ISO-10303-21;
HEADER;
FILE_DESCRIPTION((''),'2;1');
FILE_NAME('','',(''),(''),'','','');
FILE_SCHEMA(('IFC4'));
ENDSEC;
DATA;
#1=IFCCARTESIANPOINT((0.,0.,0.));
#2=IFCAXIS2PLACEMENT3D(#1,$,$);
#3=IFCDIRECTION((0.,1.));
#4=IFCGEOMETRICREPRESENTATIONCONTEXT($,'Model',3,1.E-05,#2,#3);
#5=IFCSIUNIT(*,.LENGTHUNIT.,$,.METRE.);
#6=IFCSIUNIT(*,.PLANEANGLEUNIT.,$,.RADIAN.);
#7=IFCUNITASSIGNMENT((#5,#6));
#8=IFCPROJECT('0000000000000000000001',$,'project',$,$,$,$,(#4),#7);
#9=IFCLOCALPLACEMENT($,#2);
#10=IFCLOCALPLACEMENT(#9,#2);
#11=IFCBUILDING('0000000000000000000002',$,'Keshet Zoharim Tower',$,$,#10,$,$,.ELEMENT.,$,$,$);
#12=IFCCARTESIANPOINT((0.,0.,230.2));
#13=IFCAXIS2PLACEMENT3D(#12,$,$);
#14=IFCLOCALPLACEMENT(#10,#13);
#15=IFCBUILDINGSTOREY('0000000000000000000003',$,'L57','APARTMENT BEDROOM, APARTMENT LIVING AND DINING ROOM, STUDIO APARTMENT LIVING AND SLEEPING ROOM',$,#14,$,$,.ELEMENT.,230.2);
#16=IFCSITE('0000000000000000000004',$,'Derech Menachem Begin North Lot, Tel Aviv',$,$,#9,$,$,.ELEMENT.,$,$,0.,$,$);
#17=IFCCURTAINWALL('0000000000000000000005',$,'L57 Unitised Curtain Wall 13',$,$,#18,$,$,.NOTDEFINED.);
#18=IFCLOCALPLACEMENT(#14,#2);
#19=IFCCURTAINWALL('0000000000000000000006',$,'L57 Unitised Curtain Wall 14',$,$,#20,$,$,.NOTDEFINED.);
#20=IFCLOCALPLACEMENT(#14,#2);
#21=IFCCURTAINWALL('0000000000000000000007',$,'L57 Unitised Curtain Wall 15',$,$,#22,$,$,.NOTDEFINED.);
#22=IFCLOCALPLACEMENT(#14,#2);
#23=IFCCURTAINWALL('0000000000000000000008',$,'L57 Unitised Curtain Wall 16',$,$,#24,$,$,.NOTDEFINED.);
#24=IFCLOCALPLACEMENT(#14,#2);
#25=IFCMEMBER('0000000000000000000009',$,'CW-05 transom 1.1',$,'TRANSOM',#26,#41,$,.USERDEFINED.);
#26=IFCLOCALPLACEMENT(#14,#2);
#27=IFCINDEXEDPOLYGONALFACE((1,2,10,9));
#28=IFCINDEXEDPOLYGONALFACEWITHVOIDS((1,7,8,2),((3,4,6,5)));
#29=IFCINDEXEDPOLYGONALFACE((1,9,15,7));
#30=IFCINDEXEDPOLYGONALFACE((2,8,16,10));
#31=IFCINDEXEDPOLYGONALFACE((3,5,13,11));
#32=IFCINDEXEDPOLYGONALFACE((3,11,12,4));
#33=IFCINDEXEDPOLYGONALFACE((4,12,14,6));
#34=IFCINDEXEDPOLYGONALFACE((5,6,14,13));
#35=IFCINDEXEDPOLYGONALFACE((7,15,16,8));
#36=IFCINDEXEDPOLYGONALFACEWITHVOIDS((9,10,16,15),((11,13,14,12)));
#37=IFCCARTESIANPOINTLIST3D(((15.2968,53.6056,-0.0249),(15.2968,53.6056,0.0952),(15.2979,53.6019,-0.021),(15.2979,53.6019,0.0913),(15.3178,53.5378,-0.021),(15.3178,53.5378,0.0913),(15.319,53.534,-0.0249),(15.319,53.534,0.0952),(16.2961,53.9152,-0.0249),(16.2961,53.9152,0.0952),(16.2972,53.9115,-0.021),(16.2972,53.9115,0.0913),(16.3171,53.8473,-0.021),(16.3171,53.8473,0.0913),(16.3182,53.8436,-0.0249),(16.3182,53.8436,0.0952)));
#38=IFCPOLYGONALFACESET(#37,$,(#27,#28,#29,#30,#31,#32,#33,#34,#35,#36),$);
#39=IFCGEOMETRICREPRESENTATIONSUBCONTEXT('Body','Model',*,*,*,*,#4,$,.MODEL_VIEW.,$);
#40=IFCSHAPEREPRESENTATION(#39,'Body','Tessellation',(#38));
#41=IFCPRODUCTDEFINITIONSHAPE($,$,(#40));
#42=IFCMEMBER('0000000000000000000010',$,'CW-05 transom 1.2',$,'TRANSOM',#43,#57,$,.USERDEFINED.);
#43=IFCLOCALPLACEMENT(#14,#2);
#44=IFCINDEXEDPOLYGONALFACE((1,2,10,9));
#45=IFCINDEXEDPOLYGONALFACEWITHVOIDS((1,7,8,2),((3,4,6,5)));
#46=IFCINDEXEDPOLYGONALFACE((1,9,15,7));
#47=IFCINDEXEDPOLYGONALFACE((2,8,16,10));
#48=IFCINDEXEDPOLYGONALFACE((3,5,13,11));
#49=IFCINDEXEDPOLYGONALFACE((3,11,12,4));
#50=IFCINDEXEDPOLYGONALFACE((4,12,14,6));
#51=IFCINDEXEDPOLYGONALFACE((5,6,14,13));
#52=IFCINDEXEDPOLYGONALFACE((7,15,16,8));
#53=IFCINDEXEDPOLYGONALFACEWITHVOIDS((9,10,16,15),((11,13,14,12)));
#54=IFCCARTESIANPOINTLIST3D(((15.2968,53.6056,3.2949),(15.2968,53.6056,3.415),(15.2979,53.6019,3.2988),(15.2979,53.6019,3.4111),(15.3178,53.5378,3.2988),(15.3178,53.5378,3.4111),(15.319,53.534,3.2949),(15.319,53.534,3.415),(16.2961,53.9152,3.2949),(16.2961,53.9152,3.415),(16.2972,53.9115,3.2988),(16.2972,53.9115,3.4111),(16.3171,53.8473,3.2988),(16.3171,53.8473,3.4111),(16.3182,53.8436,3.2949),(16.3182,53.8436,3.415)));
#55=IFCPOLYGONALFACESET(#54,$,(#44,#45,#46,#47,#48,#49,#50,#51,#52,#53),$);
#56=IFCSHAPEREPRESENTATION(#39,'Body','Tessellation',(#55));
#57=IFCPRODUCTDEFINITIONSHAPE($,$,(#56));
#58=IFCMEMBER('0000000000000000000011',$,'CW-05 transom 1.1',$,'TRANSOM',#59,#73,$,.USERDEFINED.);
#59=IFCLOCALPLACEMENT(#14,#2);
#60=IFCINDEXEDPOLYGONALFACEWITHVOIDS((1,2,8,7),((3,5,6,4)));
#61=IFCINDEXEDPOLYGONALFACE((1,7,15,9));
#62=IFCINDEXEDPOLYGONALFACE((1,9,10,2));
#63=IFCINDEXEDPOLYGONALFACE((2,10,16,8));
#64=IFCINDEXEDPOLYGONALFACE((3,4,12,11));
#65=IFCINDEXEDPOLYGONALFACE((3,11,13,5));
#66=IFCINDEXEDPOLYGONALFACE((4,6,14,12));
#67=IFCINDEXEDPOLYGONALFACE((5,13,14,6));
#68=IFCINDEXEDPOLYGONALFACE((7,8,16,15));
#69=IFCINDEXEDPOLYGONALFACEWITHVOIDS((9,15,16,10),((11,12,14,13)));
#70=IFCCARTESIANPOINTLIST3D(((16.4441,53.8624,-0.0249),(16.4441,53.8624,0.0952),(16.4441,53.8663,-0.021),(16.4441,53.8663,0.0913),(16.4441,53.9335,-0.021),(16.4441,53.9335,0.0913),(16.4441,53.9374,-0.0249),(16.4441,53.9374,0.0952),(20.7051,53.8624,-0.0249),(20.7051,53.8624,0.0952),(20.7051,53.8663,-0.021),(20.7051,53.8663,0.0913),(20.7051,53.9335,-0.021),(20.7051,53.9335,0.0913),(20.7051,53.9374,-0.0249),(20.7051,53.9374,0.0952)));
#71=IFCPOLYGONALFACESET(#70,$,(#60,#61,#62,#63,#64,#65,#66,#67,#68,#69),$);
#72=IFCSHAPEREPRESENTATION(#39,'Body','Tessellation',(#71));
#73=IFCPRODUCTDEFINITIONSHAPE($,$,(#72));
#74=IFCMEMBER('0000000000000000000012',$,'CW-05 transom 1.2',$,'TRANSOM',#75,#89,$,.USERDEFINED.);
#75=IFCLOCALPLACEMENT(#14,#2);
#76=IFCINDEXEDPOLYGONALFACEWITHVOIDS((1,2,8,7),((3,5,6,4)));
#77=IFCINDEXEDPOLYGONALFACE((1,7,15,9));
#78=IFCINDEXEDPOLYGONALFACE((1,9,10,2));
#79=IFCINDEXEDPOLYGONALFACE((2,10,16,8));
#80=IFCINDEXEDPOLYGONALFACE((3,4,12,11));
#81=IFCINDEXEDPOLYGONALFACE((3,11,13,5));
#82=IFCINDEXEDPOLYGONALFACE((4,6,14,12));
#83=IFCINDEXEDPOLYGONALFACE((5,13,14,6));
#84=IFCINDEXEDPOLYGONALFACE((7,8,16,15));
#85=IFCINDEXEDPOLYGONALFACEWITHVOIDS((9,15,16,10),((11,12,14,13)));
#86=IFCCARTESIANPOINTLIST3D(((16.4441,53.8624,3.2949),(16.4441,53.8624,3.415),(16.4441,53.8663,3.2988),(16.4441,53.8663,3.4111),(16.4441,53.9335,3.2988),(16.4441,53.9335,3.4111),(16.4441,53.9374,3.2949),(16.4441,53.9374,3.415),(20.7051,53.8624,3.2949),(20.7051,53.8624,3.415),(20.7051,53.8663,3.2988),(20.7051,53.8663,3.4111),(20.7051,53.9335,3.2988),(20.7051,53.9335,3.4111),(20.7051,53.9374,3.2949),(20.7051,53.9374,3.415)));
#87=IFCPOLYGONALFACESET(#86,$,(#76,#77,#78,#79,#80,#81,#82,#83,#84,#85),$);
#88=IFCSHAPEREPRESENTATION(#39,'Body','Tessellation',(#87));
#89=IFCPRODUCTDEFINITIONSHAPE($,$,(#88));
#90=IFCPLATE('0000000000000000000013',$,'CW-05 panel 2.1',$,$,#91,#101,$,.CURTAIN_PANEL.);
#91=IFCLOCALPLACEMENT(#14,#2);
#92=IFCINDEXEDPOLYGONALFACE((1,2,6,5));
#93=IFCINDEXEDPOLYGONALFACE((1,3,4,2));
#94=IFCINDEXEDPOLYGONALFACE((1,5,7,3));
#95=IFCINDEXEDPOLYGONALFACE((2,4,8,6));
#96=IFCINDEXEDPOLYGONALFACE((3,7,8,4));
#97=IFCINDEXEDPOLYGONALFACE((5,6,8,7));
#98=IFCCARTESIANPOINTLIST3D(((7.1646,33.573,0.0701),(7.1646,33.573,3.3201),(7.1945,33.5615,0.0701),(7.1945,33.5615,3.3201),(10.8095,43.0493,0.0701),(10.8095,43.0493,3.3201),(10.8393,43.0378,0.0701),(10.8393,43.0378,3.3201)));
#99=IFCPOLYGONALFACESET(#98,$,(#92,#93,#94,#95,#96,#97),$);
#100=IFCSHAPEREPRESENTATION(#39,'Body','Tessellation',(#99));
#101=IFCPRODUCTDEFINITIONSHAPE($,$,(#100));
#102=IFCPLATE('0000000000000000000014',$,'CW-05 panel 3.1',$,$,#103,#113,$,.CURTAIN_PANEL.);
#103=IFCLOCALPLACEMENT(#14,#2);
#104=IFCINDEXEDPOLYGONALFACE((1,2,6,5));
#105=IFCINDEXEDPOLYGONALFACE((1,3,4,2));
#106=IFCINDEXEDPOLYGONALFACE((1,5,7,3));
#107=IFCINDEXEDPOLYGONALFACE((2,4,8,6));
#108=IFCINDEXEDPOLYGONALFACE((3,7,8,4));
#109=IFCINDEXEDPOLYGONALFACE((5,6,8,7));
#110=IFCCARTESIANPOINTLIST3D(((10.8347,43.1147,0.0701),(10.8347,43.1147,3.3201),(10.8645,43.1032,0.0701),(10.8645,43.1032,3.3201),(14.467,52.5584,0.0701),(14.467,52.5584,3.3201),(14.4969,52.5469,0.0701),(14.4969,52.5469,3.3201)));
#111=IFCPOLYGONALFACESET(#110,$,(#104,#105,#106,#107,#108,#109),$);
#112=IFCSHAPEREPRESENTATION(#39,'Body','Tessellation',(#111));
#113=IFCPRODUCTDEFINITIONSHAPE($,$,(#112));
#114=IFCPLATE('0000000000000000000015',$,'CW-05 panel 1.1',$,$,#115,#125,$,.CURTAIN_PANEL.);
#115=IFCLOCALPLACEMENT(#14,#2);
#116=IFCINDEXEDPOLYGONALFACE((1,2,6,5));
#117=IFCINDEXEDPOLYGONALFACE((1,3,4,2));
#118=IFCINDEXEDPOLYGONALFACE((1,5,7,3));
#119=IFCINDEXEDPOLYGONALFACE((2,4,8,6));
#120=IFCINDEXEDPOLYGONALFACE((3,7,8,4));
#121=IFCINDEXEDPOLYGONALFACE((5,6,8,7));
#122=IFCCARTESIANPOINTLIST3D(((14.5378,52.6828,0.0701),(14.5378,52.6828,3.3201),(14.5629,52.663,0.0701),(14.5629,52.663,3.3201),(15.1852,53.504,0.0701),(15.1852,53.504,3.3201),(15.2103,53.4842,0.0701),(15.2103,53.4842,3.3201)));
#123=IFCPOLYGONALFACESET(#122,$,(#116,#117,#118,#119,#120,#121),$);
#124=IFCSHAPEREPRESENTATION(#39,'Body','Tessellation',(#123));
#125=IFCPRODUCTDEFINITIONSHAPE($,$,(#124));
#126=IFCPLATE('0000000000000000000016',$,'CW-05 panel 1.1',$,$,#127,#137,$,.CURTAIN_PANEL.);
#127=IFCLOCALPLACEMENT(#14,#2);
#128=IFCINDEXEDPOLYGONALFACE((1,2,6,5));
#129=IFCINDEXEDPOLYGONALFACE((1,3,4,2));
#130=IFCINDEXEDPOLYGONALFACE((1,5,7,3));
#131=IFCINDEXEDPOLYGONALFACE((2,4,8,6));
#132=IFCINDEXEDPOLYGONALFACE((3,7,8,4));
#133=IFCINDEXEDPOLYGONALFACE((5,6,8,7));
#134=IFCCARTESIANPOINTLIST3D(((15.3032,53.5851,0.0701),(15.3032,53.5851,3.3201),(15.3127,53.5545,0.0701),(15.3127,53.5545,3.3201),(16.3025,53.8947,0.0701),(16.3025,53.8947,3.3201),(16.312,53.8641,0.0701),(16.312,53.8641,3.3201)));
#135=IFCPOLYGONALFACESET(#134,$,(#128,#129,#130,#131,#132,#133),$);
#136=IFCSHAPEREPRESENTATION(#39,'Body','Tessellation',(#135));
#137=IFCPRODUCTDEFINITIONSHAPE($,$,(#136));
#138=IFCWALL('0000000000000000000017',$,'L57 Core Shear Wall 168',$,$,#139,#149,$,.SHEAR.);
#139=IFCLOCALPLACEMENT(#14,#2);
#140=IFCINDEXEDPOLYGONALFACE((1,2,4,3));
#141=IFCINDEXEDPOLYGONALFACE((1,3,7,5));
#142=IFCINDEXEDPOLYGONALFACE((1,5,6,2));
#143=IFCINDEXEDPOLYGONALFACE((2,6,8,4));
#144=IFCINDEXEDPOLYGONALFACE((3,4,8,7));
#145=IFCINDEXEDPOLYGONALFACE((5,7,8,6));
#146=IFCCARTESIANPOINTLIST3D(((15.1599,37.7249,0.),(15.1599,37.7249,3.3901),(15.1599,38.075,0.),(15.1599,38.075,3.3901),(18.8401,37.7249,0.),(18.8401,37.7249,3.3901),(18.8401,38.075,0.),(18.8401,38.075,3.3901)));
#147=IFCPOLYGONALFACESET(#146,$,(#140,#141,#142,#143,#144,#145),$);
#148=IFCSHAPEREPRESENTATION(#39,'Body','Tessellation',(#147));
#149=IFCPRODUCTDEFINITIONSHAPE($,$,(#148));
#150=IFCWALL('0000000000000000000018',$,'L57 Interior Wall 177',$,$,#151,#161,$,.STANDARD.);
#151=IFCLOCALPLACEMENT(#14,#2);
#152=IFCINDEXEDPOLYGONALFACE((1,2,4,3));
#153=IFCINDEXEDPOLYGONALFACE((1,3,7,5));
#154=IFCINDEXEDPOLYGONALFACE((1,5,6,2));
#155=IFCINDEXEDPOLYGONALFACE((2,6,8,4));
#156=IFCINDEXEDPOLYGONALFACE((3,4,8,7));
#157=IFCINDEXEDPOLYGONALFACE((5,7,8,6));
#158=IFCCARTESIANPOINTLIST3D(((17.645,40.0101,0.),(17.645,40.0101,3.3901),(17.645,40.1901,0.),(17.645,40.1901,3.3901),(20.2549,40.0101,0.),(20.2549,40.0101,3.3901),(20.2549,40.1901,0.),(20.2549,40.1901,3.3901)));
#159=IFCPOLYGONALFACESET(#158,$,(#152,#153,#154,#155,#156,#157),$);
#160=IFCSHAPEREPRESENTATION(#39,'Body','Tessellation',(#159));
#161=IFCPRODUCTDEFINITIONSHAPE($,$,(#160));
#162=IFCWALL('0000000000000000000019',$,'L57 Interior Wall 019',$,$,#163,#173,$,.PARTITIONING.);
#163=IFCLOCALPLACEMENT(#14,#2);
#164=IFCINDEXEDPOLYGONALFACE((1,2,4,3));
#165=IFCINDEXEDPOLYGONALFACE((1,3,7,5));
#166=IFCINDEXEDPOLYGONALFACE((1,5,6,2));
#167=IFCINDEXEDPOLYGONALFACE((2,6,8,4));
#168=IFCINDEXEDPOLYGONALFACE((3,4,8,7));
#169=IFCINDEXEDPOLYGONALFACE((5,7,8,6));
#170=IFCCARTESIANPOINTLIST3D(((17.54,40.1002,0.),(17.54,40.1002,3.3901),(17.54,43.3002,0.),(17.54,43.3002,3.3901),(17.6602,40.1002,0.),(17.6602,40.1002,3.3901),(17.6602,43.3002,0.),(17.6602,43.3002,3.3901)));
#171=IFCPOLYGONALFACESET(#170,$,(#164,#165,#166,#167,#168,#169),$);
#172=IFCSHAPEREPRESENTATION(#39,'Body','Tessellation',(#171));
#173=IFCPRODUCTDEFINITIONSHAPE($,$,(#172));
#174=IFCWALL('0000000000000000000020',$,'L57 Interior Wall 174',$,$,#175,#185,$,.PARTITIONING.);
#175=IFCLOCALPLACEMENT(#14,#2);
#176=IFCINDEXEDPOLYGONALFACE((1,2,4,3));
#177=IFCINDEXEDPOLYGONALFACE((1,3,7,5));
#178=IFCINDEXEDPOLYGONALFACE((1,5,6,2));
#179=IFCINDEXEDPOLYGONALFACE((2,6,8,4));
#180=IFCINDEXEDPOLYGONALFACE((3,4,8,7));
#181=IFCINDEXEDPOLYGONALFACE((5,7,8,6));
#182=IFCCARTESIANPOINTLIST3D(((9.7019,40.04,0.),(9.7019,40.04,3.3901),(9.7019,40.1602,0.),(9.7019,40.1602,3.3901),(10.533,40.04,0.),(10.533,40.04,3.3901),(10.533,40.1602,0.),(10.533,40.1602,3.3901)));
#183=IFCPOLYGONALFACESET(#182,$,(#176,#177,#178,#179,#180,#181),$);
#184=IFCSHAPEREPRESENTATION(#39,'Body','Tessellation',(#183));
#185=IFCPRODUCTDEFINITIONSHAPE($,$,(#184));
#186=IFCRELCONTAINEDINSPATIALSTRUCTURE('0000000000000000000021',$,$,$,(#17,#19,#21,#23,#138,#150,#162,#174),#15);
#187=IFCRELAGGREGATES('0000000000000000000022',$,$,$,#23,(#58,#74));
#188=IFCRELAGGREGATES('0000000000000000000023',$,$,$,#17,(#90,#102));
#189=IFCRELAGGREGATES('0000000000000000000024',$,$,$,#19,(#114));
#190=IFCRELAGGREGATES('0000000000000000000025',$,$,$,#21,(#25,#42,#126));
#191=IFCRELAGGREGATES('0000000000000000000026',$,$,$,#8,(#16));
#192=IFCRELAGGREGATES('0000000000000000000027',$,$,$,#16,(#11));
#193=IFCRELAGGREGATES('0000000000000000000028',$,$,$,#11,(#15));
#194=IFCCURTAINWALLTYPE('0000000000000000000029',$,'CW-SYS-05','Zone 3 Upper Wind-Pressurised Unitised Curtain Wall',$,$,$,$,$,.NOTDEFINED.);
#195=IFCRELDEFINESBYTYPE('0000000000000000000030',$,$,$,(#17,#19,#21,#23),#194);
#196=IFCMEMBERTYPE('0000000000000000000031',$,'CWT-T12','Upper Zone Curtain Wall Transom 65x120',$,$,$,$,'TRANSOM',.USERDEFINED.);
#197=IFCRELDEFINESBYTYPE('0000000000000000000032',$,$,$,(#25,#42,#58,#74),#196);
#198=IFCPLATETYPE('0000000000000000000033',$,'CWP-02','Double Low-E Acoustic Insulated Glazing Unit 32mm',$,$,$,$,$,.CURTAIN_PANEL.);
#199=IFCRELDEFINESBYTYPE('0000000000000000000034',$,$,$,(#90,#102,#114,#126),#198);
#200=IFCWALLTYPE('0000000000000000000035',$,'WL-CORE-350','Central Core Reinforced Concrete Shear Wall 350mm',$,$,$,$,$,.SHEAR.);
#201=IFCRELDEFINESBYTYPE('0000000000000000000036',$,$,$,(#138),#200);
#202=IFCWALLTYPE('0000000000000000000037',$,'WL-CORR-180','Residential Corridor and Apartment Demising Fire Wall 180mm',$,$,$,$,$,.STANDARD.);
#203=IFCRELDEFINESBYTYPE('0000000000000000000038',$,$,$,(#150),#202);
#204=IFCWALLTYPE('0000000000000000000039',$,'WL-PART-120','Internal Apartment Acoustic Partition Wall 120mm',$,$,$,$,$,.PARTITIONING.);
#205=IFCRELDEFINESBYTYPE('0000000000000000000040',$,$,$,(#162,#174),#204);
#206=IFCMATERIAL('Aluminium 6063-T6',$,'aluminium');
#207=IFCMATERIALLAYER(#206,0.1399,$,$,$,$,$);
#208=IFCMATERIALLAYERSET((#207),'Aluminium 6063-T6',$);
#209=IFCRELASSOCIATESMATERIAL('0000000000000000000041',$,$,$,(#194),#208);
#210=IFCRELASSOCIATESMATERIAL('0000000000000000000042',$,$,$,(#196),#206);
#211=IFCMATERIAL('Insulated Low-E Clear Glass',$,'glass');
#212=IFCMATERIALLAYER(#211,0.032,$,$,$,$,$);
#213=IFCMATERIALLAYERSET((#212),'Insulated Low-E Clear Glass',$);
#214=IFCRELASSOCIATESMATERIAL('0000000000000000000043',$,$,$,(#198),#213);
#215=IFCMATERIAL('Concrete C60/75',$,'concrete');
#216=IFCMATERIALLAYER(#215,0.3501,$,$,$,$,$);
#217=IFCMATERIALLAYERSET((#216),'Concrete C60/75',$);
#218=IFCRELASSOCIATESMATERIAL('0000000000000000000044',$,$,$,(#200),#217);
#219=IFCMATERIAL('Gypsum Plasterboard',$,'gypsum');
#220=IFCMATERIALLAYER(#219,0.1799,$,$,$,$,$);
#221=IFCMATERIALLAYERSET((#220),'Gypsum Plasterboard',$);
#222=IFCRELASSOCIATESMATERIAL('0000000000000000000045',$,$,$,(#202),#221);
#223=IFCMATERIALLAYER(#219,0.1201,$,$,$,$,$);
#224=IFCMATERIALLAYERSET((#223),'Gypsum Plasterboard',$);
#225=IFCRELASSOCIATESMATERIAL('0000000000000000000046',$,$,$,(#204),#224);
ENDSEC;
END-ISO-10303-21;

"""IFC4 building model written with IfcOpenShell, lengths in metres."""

from ifc_helpers import new_model, si_unit, direction, frame, frame_2d, origin, origin_2d, place, context, subcontext, project, spatial, rectangle, hollow_rectangle, extrude, material, layer, layer_set, material_profile, profile_set, type_object, element, aggregate, save


model = new_model("IFC4")

# Units and contexts
model_context = context("Model", 3, precision=1e-05, world=origin(), true_north=direction((0.0, 1.0)))
body_context = subcontext(model_context, "Body", "Model", "MODEL_VIEW")
ifc_project = project(units=[si_unit("LENGTHUNIT", "METRE"), si_unit("PLANEANGLEUNIT", "RADIAN")], contexts=[model_context])

# Site, building, storey
site_placement = place(None, origin())
site = spatial("IfcSite", under=ifc_project, at=site_placement, Name="Derech Menachem Begin North Lot, Tel Aviv", CompositionType="ELEMENT", RefElevation=0.0)
building_placement = place(site_placement, origin())
building = spatial("IfcBuilding", under=site, at=building_placement, Name="Keshet Zoharim Tower", CompositionType="ELEMENT")
storey_placement = place(building_placement, frame((0.0, 0.0, 230.2)))
storey = spatial("IfcBuildingStorey", under=building, at=storey_placement, Name="L57", Description="APARTMENT BEDROOM, APARTMENT LIVING AND DINING ROOM, STUDIO APARTMENT LIVING AND SLEEPING ROOM", CompositionType="ELEMENT", Elevation=230.2)

# Curtain walls
ifc_material_1 = material(Name="Aluminium 6063-T6", Category="aluminium")
ifc_layer_1 = layer(ifc_material_1, 0.1399)
ifc_layer_set_1 = layer_set([ifc_layer_1], Name="Aluminium 6063-T6")
curtain_wall_type = type_object("IfcCurtainWallType", Name="CW-SYS-05", Description="Zone 3 Upper Wind-Pressurised Unitised Curtain Wall", PredefinedType="NOTDEFINED", material=ifc_layer_set_1)
curtain_wall_1_placement = place(storey_placement, origin())
curtain_wall_1 = element("IfcCurtainWall", 1, at=curtain_wall_1_placement, inside=storey, type_object=curtain_wall_type, Name="L57 Unitised Curtain Wall 13", PredefinedType="NOTDEFINED")
curtain_wall_2_placement = place(storey_placement, origin())
curtain_wall_2 = element("IfcCurtainWall", 2, at=curtain_wall_2_placement, inside=storey, type_object=curtain_wall_type, Name="L57 Unitised Curtain Wall 14", PredefinedType="NOTDEFINED")
curtain_wall_3_placement = place(storey_placement, origin())
curtain_wall_3 = element("IfcCurtainWall", 3, at=curtain_wall_3_placement, inside=storey, type_object=curtain_wall_type, Name="L57 Unitised Curtain Wall 15", PredefinedType="NOTDEFINED")

# Curtain wall
curtain_wall_4_placement = place(storey_placement, origin())
curtain_wall_4 = element("IfcCurtainWall", 4, at=curtain_wall_4_placement, inside=storey, type_object=curtain_wall_type, Name="L57 Unitised Curtain Wall 16", PredefinedType="NOTDEFINED")

# Members
ifc_material_profile_1 = material_profile(ifc_material_1, hollow_rectangle(XDim=0.075, YDim=0.1201, WallThickness=0.0039, at=origin_2d()), Name="TRN-75x120")
ifc_profile_set_1 = profile_set([ifc_material_profile_1], Name="Aluminium 6063-T6")
member_type_1 = type_object("IfcMemberType", Name="CWT-T12", Description="Upper Zone Curtain Wall Transom 65x120", ElementType="TRANSOM", PredefinedType="USERDEFINED", material=ifc_profile_set_1)
member_1_placement = place(storey_placement, frame((15.3079, 53.5698, 0.0352), z_axis=(0.955212, 0.295922, 0.0), x_axis=(-0.295922, 0.955212, 0.0)))
member_1 = element("IfcMember", 5, at=member_1_placement, type_object=member_type_1, Name="CW-05 transom 1.1", ObjectType="TRANSOM", PredefinedType="USERDEFINED", context=body_context, shape_type="SweptSolid", body=[
    extrude(hollow_rectangle(XDim=0.075, YDim=0.1201, WallThickness=0.0039, at=origin_2d()), origin(), (0.0, 0.0, 1.0), 1.0461),
])
member_2_placement = place(storey_placement, frame((15.3079, 53.5698, 3.355), z_axis=(0.955212, 0.295922, 0.0), x_axis=(-0.295922, 0.955212, 0.0)))
member_2 = element("IfcMember", 6, at=member_2_placement, type_object=member_type_1, Name="CW-05 transom 1.2", ObjectType="TRANSOM", PredefinedType="USERDEFINED", context=body_context, shape_type="SweptSolid", body=[
    extrude(hollow_rectangle(XDim=0.075, YDim=0.1201, WallThickness=0.0039, at=origin_2d()), origin(), (0.0, 0.0, 1.0), 1.0461),
])
member_3_placement = place(storey_placement, frame((16.4441, 53.8999, 0.0352), z_axis=(1.0, 0.0, 0.0), x_axis=(0.0, 1.0, 0.0)))
member_3 = element("IfcMember", 7, at=member_3_placement, type_object=member_type_1, Name="CW-05 transom 1.1", ObjectType="TRANSOM", PredefinedType="USERDEFINED", context=body_context, shape_type="SweptSolid", body=[
    extrude(hollow_rectangle(XDim=0.075, YDim=0.1201, WallThickness=0.0039, at=origin_2d()), origin(), (0.0, 0.0, 1.0), 4.261),
])
member_4_placement = place(storey_placement, frame((16.4441, 53.8999, 3.355), z_axis=(1.0, 0.0, 0.0), x_axis=(0.0, 1.0, 0.0)))
member_4 = element("IfcMember", 8, at=member_4_placement, type_object=member_type_1, Name="CW-05 transom 1.2", ObjectType="TRANSOM", PredefinedType="USERDEFINED", context=body_context, shape_type="SweptSolid", body=[
    extrude(hollow_rectangle(XDim=0.075, YDim=0.1201, WallThickness=0.0039, at=origin_2d()), origin(), (0.0, 0.0, 1.0), 4.261),
])
aggregate(curtain_wall_4, [member_3, member_4])

# Plates
ifc_material_2 = material(Name="Insulated Low-E Clear Glass", Category="glass")
ifc_layer_2 = layer(ifc_material_2, 0.032)
ifc_layer_set_2 = layer_set([ifc_layer_2], Name="Insulated Low-E Clear Glass")
plate_type = type_object("IfcPlateType", Name="CWP-02", Description="Double Low-E Acoustic Insulated Glazing Unit 32mm", PredefinedType="CURTAIN_PANEL", material=ifc_layer_set_2)
plate_1_placement = place(storey_placement, frame((9.002, 38.3054, 0.0701), z_axis=(0.0, 0.0, 1.0), x_axis=(0.35899, 0.933341, 0.0)))
plate_1 = element("IfcPlate", 9, at=plate_1_placement, type_object=plate_type, Name="CW-05 panel 2.1", PredefinedType="CURTAIN_PANEL", context=body_context, shape_type="SweptSolid", body=[
    extrude(rectangle(XDim=10.1531, YDim=0.032, at=origin_2d()), origin(), (0.0, 0.0, 1.0), 3.25),
])
plate_2_placement = place(storey_placement, frame((12.6658, 47.8308, 0.0701), z_axis=(0.0, 0.0, 1.0), x_axis=(0.35899, 0.933341, 0.0)))
plate_2 = element("IfcPlate", 10, at=plate_2_placement, type_object=plate_type, Name="CW-05 panel 3.1", PredefinedType="CURTAIN_PANEL", context=body_context, shape_type="SweptSolid", body=[
    extrude(rectangle(XDim=10.1182, YDim=0.032, at=origin_2d()), origin(), (0.0, 0.0, 1.0), 3.25),
])
aggregate(curtain_wall_1, [plate_1, plate_2])
plate_3_placement = place(storey_placement, frame((14.874, 53.0835, 0.0701), z_axis=(0.0, 0.0, 1.0), x_axis=(0.619125, 0.785293, 0.0)))
plate_3 = element("IfcPlate", 11, at=plate_3_placement, type_object=plate_type, Name="CW-05 panel 1.1", PredefinedType="CURTAIN_PANEL", context=body_context, shape_type="SweptSolid", body=[
    extrude(rectangle(XDim=1.0457, YDim=0.032, at=origin_2d()), origin(), (0.0, 0.0, 1.0), 3.25),
])
aggregate(curtain_wall_2, [plate_3])
plate_4_placement = place(storey_placement, frame((15.8076, 53.7246, 0.0701), z_axis=(0.0, 0.0, 1.0), x_axis=(0.955212, 0.295922, 0.0)))
plate_4 = element("IfcPlate", 12, at=plate_4_placement, type_object=plate_type, Name="CW-05 panel 1.1", PredefinedType="CURTAIN_PANEL", context=body_context, shape_type="SweptSolid", body=[
    extrude(rectangle(XDim=1.0461, YDim=0.032, at=origin_2d()), origin(), (0.0, 0.0, 1.0), 3.25),
])
aggregate(curtain_wall_3, [member_1, member_2, plate_4])

# Wall
ifc_material_3 = material(Name="Concrete C60/75", Category="concrete")
ifc_layer_3 = layer(ifc_material_3, 0.3501)
ifc_layer_set_3 = layer_set([ifc_layer_3], Name="Concrete C60/75")
wall_type_1 = type_object("IfcWallType", Name="WL-CORE-350", Description="Central Core Reinforced Concrete Shear Wall 350mm", PredefinedType="SHEAR", material=ifc_layer_set_3)
wall_1_placement = place(storey_placement, frame((15.1599, 37.8999, 0.0), z_axis=(0.0, 0.0, 1.0), x_axis=(1.0, 0.0, 0.0)))
element("IfcWall", 13, at=wall_1_placement, inside=storey, type_object=wall_type_1, Name="L57 Core Shear Wall 168", PredefinedType="SHEAR", context=body_context, shape_type="SweptSolid", body=[
    extrude(rectangle(XDim=3.6802, YDim=0.3501, at=frame_2d((1.8401, 0.0))), origin(), (0.0, 0.0, 1.0), 3.3901),
])

# Shared definitions
ifc_material_4 = material(Name="Gypsum Plasterboard", Category="gypsum")
ifc_layer_4 = layer(ifc_material_4, 0.1799)
ifc_layer_set_4 = layer_set([ifc_layer_4], Name="Gypsum Plasterboard")
wall_type_2 = type_object("IfcWallType", Name="WL-CORR-180", Description="Residential Corridor and Apartment Demising Fire Wall 180mm", PredefinedType="STANDARD", material=ifc_layer_set_4)

# Walls
wall_2_placement = place(storey_placement, frame((17.645, 40.1001, 0.0), z_axis=(0.0, 0.0, 1.0), x_axis=(1.0, 0.0, 0.0)))
element("IfcWall", 14, at=wall_2_placement, inside=storey, type_object=wall_type_2, Name="L57 Interior Wall 177", PredefinedType="STANDARD", context=body_context, shape_type="SweptSolid", body=[
    extrude(rectangle(XDim=2.6099, YDim=0.1799, at=frame_2d((1.3049, 0.0))), origin(), (0.0, 0.0, 1.0), 3.3901),
])
ifc_layer_5 = layer(ifc_material_4, 0.1201)
ifc_layer_set_5 = layer_set([ifc_layer_5], Name="Gypsum Plasterboard")
wall_type_3 = type_object("IfcWallType", Name="WL-PART-120", Description="Internal Apartment Acoustic Partition Wall 120mm", PredefinedType="PARTITIONING", material=ifc_layer_set_5)
wall_3_placement = place(storey_placement, frame((17.6001, 40.1001, 0.0), z_axis=(0.0, 0.0, 1.0), x_axis=(0.0, 1.0, 0.0)))
element("IfcWall", 15, at=wall_3_placement, inside=storey, type_object=wall_type_3, Name="L57 Interior Wall 019", PredefinedType="PARTITIONING", context=body_context, shape_type="SweptSolid", body=[
    extrude(rectangle(XDim=3.2, YDim=0.1201, at=frame_2d((1.6001, 0.0))), origin(), (0.0, 0.0, 1.0), 3.3901),
])
wall_4_placement = place(storey_placement, frame((9.7019, 40.1001, 0.0), z_axis=(0.0, 0.0, 1.0), x_axis=(1.0, 0.0, 0.0)))
element("IfcWall", 16, at=wall_4_placement, inside=storey, type_object=wall_type_3, Name="L57 Interior Wall 174", PredefinedType="PARTITIONING", context=body_context, shape_type="SweptSolid", body=[
    extrude(rectangle(XDim=0.8311, YDim=0.1201, at=frame_2d((0.4155, 0.0))), origin(), (0.0, 0.0, 1.0), 3.3901),
])

save(model, "model.ifc")
